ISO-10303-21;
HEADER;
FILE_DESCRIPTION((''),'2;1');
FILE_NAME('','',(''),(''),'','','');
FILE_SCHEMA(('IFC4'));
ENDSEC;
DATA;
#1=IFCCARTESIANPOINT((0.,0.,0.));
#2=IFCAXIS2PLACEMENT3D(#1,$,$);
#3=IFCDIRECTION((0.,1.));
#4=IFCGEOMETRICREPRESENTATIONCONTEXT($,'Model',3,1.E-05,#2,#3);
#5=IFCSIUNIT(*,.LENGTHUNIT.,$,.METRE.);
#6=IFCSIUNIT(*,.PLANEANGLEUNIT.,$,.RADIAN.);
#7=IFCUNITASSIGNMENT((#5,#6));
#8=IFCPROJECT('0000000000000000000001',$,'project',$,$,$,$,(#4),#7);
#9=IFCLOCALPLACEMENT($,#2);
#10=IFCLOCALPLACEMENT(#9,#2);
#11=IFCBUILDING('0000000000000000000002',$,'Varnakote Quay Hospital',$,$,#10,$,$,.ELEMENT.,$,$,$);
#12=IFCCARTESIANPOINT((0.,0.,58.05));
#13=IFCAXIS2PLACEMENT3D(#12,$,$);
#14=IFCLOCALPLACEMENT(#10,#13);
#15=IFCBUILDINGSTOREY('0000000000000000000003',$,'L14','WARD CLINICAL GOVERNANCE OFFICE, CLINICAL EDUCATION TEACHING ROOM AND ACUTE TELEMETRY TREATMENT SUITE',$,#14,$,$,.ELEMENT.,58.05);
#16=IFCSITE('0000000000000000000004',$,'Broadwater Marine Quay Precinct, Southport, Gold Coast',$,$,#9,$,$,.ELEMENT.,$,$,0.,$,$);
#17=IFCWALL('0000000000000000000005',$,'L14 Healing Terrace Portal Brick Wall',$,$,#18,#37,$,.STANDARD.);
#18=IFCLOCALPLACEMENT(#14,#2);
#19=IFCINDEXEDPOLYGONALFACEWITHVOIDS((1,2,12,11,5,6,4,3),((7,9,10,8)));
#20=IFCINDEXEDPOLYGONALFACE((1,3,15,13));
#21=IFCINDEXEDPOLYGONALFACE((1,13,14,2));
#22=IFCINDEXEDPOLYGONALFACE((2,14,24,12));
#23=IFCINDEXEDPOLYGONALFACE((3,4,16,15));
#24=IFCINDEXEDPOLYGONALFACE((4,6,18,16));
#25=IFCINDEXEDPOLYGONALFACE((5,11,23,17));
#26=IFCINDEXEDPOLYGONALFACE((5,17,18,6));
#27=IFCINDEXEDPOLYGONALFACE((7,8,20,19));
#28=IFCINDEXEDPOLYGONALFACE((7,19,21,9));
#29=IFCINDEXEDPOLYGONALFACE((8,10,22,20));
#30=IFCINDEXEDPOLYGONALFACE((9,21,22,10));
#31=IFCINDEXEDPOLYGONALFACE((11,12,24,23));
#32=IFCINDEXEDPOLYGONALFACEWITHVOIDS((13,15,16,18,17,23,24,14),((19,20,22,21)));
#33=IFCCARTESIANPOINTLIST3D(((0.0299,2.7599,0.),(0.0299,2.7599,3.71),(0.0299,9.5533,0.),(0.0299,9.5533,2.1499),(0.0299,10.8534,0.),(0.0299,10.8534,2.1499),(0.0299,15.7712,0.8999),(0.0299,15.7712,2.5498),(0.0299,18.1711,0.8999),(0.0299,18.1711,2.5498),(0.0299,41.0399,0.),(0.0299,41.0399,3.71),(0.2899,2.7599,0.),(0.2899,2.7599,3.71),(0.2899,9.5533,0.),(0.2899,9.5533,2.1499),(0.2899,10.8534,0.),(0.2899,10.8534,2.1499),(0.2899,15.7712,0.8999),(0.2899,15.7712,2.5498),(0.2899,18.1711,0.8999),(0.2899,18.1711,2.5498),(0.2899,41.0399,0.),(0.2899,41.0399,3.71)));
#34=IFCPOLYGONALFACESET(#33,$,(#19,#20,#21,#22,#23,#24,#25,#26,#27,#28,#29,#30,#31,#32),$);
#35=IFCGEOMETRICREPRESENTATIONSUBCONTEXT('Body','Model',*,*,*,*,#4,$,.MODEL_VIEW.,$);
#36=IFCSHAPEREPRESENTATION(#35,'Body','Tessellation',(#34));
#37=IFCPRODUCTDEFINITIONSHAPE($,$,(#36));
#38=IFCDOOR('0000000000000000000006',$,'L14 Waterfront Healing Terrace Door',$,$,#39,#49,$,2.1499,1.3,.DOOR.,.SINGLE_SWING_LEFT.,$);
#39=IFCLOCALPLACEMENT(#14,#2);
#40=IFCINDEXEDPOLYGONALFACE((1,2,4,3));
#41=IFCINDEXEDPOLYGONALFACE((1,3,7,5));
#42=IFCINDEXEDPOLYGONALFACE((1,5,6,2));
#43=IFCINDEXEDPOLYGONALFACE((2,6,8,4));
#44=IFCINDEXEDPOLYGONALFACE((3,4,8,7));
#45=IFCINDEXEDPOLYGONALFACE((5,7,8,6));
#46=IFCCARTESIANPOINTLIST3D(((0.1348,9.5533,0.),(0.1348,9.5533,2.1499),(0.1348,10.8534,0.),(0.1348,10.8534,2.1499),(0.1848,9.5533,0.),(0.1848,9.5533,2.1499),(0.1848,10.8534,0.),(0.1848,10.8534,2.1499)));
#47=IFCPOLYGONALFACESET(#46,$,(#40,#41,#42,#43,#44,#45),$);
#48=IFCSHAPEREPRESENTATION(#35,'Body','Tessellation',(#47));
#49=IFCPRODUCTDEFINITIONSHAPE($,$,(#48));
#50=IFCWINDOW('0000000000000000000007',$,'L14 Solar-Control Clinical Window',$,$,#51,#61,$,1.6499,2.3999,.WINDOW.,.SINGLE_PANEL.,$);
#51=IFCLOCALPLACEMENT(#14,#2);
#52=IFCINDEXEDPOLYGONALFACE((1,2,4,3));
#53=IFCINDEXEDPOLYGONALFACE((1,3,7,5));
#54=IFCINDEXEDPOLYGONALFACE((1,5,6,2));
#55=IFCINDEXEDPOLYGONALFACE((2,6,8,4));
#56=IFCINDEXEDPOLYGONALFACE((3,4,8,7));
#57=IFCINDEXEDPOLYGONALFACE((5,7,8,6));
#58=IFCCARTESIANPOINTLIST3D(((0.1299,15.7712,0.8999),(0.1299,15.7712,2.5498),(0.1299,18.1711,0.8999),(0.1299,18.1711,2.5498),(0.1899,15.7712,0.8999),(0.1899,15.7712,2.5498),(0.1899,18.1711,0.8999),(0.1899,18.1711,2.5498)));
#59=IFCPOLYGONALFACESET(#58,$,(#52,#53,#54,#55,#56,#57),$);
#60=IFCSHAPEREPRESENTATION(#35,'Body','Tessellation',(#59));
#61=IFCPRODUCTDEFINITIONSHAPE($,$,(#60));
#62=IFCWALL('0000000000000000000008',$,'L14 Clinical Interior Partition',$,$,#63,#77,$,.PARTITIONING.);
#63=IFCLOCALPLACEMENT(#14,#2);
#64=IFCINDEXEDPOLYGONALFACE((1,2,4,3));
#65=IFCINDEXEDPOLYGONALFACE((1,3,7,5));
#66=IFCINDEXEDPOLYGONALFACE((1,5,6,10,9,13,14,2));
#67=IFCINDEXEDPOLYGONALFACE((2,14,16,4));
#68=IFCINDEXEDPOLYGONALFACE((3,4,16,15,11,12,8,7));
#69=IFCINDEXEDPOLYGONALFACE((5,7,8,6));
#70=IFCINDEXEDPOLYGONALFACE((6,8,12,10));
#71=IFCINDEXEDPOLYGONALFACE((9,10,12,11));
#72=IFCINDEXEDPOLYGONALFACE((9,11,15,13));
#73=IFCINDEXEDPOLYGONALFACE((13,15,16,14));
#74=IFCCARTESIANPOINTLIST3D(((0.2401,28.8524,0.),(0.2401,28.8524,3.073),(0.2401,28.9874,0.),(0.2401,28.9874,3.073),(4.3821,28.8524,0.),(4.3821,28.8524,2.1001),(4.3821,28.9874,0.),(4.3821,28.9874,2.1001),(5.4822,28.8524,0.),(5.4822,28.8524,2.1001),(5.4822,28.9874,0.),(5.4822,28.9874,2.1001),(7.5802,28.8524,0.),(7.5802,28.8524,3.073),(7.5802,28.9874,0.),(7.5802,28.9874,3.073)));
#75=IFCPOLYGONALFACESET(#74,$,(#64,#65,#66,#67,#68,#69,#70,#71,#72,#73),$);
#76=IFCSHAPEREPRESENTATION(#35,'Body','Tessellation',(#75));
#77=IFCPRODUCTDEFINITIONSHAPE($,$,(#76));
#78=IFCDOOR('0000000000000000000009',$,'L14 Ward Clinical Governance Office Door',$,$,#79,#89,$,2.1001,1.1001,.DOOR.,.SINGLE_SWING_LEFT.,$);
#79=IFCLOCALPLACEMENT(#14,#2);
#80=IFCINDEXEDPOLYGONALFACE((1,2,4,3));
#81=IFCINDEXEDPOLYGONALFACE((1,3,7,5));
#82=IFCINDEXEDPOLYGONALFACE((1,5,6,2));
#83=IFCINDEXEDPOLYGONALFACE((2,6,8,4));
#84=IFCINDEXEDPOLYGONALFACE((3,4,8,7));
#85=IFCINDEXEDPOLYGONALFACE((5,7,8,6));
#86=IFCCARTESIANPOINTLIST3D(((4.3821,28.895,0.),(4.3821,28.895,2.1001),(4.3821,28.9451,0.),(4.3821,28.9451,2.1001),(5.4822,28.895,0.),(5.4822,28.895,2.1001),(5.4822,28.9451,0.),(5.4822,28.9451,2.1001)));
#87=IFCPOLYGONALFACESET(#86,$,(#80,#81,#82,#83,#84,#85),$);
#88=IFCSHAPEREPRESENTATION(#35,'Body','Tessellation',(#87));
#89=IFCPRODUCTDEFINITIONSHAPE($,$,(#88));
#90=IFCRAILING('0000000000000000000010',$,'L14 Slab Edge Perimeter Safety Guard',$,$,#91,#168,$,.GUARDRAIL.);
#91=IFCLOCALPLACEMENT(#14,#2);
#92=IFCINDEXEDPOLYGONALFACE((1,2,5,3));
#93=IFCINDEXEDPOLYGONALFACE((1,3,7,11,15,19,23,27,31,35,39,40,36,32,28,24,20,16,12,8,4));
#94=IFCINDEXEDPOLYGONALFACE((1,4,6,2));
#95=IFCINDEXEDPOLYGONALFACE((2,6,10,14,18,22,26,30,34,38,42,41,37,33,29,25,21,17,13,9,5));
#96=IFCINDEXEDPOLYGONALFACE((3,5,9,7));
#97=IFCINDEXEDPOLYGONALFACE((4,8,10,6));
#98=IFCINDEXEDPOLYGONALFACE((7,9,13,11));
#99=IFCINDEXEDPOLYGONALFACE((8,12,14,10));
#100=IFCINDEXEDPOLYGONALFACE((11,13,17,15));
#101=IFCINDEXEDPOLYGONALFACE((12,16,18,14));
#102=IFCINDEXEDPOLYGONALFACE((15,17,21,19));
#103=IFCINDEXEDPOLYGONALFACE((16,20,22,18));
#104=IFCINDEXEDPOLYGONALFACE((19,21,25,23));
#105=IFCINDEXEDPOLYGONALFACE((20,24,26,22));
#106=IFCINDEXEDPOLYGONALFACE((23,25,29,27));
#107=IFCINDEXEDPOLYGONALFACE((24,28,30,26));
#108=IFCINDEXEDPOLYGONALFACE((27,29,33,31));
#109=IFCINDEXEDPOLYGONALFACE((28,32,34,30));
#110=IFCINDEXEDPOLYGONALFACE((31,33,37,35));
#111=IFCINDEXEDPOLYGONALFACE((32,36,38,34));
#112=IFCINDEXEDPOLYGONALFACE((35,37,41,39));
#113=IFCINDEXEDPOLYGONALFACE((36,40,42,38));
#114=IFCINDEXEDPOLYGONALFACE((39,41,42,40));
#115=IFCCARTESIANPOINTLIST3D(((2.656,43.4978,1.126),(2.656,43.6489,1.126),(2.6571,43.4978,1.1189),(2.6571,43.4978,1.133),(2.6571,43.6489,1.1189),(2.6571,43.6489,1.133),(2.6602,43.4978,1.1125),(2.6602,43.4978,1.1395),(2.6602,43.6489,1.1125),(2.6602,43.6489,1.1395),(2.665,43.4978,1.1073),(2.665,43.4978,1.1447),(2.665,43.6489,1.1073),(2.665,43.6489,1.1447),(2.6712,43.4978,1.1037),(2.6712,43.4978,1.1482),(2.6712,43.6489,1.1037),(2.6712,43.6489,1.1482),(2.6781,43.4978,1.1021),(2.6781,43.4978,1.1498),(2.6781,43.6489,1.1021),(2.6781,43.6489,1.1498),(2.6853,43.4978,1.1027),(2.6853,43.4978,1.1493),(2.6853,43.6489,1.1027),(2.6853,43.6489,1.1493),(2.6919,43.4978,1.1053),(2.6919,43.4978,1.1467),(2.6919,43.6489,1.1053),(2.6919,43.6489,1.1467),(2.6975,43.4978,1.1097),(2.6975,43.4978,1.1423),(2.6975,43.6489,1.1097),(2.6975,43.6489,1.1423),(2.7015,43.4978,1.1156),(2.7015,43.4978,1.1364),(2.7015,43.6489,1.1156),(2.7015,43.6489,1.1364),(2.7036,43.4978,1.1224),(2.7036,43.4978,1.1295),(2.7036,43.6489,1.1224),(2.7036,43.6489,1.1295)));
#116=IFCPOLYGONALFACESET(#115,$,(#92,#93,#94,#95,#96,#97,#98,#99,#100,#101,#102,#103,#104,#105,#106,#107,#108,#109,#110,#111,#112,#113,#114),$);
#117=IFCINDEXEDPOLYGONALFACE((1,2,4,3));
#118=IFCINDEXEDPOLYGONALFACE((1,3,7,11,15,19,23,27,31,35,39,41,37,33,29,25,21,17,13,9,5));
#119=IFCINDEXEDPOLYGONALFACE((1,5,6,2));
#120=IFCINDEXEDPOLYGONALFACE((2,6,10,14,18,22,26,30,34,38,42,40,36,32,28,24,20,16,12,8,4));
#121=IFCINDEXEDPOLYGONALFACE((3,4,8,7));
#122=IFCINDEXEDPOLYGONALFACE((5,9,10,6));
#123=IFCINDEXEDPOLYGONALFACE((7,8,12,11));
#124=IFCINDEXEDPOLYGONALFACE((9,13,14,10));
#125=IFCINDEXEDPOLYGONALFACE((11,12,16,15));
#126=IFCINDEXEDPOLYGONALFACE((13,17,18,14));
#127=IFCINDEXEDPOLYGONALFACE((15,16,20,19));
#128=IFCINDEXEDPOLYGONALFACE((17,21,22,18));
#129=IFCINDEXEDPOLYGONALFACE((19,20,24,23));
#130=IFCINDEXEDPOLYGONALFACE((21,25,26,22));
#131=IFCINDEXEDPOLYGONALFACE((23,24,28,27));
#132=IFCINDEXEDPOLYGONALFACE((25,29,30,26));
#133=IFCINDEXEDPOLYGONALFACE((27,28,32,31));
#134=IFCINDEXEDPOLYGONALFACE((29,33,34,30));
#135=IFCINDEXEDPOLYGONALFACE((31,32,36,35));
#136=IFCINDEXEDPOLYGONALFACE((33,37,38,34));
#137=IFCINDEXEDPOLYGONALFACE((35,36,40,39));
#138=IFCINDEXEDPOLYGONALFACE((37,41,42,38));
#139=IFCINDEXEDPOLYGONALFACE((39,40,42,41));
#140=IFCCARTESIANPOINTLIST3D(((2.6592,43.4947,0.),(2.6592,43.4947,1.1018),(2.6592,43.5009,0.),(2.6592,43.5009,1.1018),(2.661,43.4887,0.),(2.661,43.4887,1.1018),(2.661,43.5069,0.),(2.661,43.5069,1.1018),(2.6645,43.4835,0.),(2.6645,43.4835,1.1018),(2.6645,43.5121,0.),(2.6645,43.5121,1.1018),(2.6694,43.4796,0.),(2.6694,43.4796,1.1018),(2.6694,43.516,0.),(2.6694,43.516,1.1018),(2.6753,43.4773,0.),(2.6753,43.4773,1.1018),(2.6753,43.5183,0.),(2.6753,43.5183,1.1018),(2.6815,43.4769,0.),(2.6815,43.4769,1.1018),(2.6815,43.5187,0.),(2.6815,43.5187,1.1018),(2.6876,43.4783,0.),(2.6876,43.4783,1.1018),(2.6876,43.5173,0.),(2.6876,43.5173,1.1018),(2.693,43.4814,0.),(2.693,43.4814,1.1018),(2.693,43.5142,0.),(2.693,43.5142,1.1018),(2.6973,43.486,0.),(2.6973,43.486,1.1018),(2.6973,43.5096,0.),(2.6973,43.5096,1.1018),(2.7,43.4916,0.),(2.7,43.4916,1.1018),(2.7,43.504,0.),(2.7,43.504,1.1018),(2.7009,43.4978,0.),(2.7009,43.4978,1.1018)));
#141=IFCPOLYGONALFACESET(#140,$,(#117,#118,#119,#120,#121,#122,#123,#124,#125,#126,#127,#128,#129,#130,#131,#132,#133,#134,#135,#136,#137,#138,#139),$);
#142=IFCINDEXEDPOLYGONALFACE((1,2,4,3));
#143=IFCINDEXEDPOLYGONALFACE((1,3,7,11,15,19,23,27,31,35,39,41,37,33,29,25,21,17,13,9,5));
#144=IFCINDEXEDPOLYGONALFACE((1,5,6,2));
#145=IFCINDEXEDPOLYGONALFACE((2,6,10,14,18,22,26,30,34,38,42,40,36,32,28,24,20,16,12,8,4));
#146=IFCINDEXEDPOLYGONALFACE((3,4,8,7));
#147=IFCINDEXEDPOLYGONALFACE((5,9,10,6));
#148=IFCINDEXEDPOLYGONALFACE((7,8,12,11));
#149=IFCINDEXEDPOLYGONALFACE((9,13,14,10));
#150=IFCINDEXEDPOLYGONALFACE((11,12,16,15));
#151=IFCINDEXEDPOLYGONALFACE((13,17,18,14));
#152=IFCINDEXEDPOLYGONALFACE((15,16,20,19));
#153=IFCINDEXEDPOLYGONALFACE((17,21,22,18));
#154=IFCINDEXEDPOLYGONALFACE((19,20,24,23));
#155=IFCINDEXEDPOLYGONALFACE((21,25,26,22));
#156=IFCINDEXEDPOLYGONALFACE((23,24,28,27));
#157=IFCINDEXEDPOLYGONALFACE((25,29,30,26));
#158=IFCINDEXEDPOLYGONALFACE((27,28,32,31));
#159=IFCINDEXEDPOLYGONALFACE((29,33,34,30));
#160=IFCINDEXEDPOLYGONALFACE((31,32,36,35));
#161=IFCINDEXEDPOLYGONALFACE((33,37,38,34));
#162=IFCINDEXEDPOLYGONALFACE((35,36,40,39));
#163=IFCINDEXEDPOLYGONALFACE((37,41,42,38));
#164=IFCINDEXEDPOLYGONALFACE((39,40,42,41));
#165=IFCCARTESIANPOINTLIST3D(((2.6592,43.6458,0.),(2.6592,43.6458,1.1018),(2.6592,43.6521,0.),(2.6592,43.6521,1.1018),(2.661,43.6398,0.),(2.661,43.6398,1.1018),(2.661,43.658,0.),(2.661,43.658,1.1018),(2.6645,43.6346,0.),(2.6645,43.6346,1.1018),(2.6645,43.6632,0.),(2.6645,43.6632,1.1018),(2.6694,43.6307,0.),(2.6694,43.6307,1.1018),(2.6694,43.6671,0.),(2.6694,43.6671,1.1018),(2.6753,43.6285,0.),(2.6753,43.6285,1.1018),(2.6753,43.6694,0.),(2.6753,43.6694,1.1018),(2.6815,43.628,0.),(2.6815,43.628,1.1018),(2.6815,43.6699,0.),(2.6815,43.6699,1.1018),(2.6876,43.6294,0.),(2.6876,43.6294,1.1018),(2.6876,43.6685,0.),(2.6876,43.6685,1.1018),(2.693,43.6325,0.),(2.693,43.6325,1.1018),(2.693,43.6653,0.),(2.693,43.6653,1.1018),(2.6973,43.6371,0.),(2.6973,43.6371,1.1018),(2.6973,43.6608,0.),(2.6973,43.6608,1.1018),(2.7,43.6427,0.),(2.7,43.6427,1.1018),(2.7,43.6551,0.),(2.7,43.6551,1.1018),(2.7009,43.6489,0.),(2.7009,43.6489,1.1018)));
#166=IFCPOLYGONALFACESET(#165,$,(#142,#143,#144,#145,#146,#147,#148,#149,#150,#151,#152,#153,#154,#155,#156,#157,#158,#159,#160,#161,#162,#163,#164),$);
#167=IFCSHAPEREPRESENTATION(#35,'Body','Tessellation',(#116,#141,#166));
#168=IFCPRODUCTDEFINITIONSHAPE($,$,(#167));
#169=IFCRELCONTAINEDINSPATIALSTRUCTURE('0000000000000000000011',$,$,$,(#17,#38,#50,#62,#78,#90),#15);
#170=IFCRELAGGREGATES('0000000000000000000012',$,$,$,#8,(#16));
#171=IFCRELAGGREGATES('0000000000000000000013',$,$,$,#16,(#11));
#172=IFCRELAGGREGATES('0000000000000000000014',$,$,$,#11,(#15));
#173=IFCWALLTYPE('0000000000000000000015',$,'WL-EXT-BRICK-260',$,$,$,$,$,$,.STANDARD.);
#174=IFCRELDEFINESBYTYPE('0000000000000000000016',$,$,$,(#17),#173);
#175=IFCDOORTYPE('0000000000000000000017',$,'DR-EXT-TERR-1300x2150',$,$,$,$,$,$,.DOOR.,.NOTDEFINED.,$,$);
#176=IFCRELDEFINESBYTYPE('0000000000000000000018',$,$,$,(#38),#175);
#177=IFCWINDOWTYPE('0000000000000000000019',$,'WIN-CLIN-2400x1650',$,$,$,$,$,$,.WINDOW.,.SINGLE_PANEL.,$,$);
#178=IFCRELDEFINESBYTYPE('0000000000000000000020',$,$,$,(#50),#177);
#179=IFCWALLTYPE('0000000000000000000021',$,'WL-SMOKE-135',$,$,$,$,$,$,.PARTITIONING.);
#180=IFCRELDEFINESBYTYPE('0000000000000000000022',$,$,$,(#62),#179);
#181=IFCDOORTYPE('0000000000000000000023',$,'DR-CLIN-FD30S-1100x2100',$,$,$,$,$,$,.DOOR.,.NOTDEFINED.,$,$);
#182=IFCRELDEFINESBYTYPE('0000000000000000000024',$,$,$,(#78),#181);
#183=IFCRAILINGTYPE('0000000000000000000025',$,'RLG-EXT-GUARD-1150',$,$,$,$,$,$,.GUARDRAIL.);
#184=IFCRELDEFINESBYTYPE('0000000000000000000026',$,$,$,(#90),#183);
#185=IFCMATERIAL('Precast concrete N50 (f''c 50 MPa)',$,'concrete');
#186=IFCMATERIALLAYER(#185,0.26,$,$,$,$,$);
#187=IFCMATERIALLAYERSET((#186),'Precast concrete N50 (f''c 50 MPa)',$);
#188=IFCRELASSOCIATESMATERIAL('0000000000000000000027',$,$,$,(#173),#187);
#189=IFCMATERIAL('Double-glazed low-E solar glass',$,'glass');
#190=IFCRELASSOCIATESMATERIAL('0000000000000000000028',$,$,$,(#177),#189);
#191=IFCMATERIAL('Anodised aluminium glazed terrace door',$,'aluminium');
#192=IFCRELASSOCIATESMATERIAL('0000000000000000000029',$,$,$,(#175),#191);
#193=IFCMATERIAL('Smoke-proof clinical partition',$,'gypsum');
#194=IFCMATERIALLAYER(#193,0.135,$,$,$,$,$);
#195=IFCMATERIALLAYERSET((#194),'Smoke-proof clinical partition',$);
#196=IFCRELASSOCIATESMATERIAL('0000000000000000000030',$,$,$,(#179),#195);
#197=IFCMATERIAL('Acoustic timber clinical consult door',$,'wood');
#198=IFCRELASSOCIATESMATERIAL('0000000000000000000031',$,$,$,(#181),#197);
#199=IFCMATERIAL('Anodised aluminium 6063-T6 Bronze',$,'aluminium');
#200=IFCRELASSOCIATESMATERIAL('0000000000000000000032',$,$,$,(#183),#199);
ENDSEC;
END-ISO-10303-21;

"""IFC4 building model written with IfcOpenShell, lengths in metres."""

from ifc_helpers import new_model, si_unit, direction, frame, frame_2d, origin, origin_2d, place, context, subcontext, project, spatial, rectangle, circle, extrude, material, layer, layer_set, type_object, element, fill, save


model = new_model("IFC4")

# Units and contexts
model_context = context("Model", 3, precision=1e-05, world=origin(), true_north=direction((0.0, 1.0)))
body_context = subcontext(model_context, "Body", "Model", "MODEL_VIEW")
ifc_project = project(units=[si_unit("LENGTHUNIT", "METRE"), si_unit("PLANEANGLEUNIT", "RADIAN")], contexts=[model_context])

# Site, building, storey
site_placement = place(None, origin())
site = spatial("IfcSite", under=ifc_project, at=site_placement, Name="Broadwater Marine Quay Precinct, Southport, Gold Coast", CompositionType="ELEMENT", RefElevation=0.0)
building_placement = place(site_placement, origin())
building = spatial("IfcBuilding", under=site, at=building_placement, Name="Varnakote Quay Hospital", CompositionType="ELEMENT")
storey_placement = place(building_placement, frame((0.0, 0.0, 58.05)))
storey = spatial("IfcBuildingStorey", under=building, at=storey_placement, Name="L14", Description="WARD CLINICAL GOVERNANCE OFFICE, CLINICAL EDUCATION TEACHING ROOM AND ACUTE TELEMETRY TREATMENT SUITE", CompositionType="ELEMENT", Elevation=58.05)

# Shared definitions
ifc_material_1 = material(Name="Precast concrete N50 (f'c 50 MPa)", Category="concrete")
ifc_layer_1 = layer(ifc_material_1, 0.26)
ifc_layer_set_1 = layer_set([ifc_layer_1], Name="Precast concrete N50 (f'c 50 MPa)")
wall_type_1 = type_object("IfcWallType", Name="WL-EXT-BRICK-260", PredefinedType="STANDARD", material=ifc_layer_set_1)
ifc_material_2 = material(Name="Double-glazed low-E solar glass", Category="glass")
window_type = type_object("IfcWindowType", Name="WIN-CLIN-2400x1650", PartitioningType="SINGLE_PANEL", PredefinedType="WINDOW", material=ifc_material_2)

# Wall, openings, door, window
wall_1_placement = place(storey_placement, frame((0.1599, 41.04, 0.0), z_axis=(0.0, 0.0, 1.0), x_axis=(0.0, -1.0, 0.0)))
wall_1 = element("IfcWall", 1, at=wall_1_placement, inside=storey, type_object=wall_type_1, Name="L14 Healing Terrace Portal Brick Wall", PredefinedType="STANDARD", context=body_context, shape_type="SweptSolid", body=[
    extrude(rectangle(XDim=38.28, YDim=0.26, at=frame_2d((19.1401, 0.0))), origin(), (0.0, 0.0, 1.0), 3.71),
])
opening_1_placement = place(wall_1_placement, frame((30.1868, 0.0, 0.0)))
opening_1 = element("IfcOpeningElement", 2, at=opening_1_placement, cuts=wall_1, PredefinedType="OPENING", context=body_context, shape_type="SweptSolid", body=[
    extrude(rectangle(XDim=1.3, YDim=2.1499, at=frame_2d((0.6499, 1.075))), frame((0.0, 0.1399, 0.0), z_axis=(0.0, -1.0, 0.0), x_axis=(1.0, 0.0, 0.0)), (0.0, 0.0, 1.0), 0.28),
])
opening_2_placement = place(wall_1_placement, frame((22.8689, 0.0, 0.8999)))
opening_2 = element("IfcOpeningElement", 3, at=opening_2_placement, cuts=wall_1, PredefinedType="OPENING", context=body_context, shape_type="SweptSolid", body=[
    extrude(rectangle(XDim=2.3999, YDim=1.6499, at=frame_2d((1.2, 0.825))), frame((0.0, 0.1399, 0.0), z_axis=(0.0, -1.0, 0.0), x_axis=(1.0, 0.0, 0.0)), (0.0, 0.0, 1.0), 0.28),
])
ifc_material_3 = material(Name="Anodised aluminium glazed terrace door", Category="aluminium")
door_type_1 = type_object("IfcDoorType", Name="DR-EXT-TERR-1300x2150", OperationType="NOTDEFINED", PredefinedType="DOOR", material=ifc_material_3)
door_1_placement = place(opening_1_placement, origin())
door_1 = element("IfcDoor", 4, at=door_1_placement, inside=storey, type_object=door_type_1, Name="L14 Waterfront Healing Terrace Door", OperationType="SINGLE_SWING_LEFT", OverallHeight=2.1499, OverallWidth=1.3, PredefinedType="DOOR", context=body_context, shape_type="SweptSolid", body=[
    extrude(rectangle(XDim=1.3, YDim=2.1499, at=frame_2d((0.6499, 1.075))), frame((0.0, 0.0249, 0.0), z_axis=(0.0, -1.0, 0.0), x_axis=(1.0, 0.0, 0.0)), (0.0, 0.0, 1.0), 0.05),
])
fill(opening_1, door_1)
window_1_placement = place(opening_2_placement, origin())
window_1 = element("IfcWindow", 5, at=window_1_placement, inside=storey, type_object=window_type, Name="L14 Solar-Control Clinical Window", OverallHeight=1.6499, OverallWidth=2.3999, PartitioningType="SINGLE_PANEL", PredefinedType="WINDOW", context=body_context, shape_type="SweptSolid", body=[
    extrude(rectangle(XDim=2.3999, YDim=1.6499, at=frame_2d((1.2, 0.825))), frame((0.0, 0.03, 0.0), z_axis=(0.0, -1.0, 0.0), x_axis=(1.0, 0.0, 0.0)), (0.0, 0.0, 1.0), 0.0601),
])
fill(opening_2, window_1)

# Wall, opening, door
ifc_material_4 = material(Name="Smoke-proof clinical partition", Category="gypsum")
ifc_layer_2 = layer(ifc_material_4, 0.135)
ifc_layer_set_2 = layer_set([ifc_layer_2], Name="Smoke-proof clinical partition")
wall_type_2 = type_object("IfcWallType", Name="WL-SMOKE-135", PredefinedType="PARTITIONING", material=ifc_layer_set_2)
wall_2_placement = place(storey_placement, frame((7.5801, 28.9199, 0.0), z_axis=(0.0, 0.0, 1.0), x_axis=(-1.0, 0.0, 0.0)))
wall_2 = element("IfcWall", 6, at=wall_2_placement, inside=storey, type_object=wall_type_2, Name="L14 Clinical Interior Partition", PredefinedType="PARTITIONING", context=body_context, shape_type="SweptSolid", body=[
    extrude(rectangle(XDim=7.3401, YDim=0.135, at=frame_2d((3.6699, 0.0))), origin(), (0.0, 0.0, 1.0), 3.073),
])
opening_3_placement = place(wall_2_placement, frame((2.0979, 0.0, 0.0)))
opening_3 = element("IfcOpeningElement", 7, at=opening_3_placement, cuts=wall_2, PredefinedType="OPENING", context=body_context, shape_type="SweptSolid", body=[
    extrude(rectangle(XDim=1.1001, YDim=2.1001, at=frame_2d((0.55, 1.05))), frame((0.0, 0.0774, 0.0), z_axis=(0.0, -1.0, 0.0), x_axis=(1.0, 0.0, 0.0)), (0.0, 0.0, 1.0), 0.155),
])
ifc_material_5 = material(Name="Acoustic timber clinical consult door", Category="wood")
door_type_2 = type_object("IfcDoorType", Name="DR-CLIN-FD30S-1100x2100", OperationType="NOTDEFINED", PredefinedType="DOOR", material=ifc_material_5)
door_2_placement = place(opening_3_placement, origin())
door_2 = element("IfcDoor", 8, at=door_2_placement, inside=storey, type_object=door_type_2, Name="L14 Ward Clinical Governance Office Door", OperationType="SINGLE_SWING_LEFT", OverallHeight=2.1001, OverallWidth=1.1001, PredefinedType="DOOR", context=body_context, shape_type="SweptSolid", body=[
    extrude(rectangle(XDim=1.1001, YDim=2.1001, at=frame_2d((0.55, 1.05))), frame((0.0, 0.0249, 0.0), z_axis=(0.0, -1.0, 0.0), x_axis=(1.0, 0.0, 0.0)), (0.0, 0.0, 1.0), 0.05),
])
fill(opening_3, door_2)

# Railing
ifc_material_6 = material(Name="Anodised aluminium 6063-T6 Bronze", Category="aluminium")
railing_type = type_object("IfcRailingType", Name="RLG-EXT-GUARD-1150", PredefinedType="GUARDRAIL", material=ifc_material_6)
railing_1_placement = place(storey_placement, frame((2.6799, 43.4978, 0.0)))
element("IfcRailing", 9, at=railing_1_placement, inside=storey, type_object=railing_type, Name="L14 Slab Edge Perimeter Safety Guard", PredefinedType="GUARDRAIL", context=body_context, shape_type="SweptSolid", body=[
    extrude(circle(Radius=0.0239, at=origin_2d()), frame((0.0, 0.0, 1.126), z_axis=(0.0, 1.0, 0.0), x_axis=(-1.0, 0.0, 0.0)), (0.0, 0.0, 1.0), 0.1511),
    extrude(circle(Radius=0.021, at=origin_2d()), origin(), (0.0, 0.0, 1.0), 1.1018),
    extrude(circle(Radius=0.021, at=origin_2d()), frame((0.0, 0.1511, 0.0)), (0.0, 0.0, 1.0), 1.1018),
])

save(model, "model.ifc")
